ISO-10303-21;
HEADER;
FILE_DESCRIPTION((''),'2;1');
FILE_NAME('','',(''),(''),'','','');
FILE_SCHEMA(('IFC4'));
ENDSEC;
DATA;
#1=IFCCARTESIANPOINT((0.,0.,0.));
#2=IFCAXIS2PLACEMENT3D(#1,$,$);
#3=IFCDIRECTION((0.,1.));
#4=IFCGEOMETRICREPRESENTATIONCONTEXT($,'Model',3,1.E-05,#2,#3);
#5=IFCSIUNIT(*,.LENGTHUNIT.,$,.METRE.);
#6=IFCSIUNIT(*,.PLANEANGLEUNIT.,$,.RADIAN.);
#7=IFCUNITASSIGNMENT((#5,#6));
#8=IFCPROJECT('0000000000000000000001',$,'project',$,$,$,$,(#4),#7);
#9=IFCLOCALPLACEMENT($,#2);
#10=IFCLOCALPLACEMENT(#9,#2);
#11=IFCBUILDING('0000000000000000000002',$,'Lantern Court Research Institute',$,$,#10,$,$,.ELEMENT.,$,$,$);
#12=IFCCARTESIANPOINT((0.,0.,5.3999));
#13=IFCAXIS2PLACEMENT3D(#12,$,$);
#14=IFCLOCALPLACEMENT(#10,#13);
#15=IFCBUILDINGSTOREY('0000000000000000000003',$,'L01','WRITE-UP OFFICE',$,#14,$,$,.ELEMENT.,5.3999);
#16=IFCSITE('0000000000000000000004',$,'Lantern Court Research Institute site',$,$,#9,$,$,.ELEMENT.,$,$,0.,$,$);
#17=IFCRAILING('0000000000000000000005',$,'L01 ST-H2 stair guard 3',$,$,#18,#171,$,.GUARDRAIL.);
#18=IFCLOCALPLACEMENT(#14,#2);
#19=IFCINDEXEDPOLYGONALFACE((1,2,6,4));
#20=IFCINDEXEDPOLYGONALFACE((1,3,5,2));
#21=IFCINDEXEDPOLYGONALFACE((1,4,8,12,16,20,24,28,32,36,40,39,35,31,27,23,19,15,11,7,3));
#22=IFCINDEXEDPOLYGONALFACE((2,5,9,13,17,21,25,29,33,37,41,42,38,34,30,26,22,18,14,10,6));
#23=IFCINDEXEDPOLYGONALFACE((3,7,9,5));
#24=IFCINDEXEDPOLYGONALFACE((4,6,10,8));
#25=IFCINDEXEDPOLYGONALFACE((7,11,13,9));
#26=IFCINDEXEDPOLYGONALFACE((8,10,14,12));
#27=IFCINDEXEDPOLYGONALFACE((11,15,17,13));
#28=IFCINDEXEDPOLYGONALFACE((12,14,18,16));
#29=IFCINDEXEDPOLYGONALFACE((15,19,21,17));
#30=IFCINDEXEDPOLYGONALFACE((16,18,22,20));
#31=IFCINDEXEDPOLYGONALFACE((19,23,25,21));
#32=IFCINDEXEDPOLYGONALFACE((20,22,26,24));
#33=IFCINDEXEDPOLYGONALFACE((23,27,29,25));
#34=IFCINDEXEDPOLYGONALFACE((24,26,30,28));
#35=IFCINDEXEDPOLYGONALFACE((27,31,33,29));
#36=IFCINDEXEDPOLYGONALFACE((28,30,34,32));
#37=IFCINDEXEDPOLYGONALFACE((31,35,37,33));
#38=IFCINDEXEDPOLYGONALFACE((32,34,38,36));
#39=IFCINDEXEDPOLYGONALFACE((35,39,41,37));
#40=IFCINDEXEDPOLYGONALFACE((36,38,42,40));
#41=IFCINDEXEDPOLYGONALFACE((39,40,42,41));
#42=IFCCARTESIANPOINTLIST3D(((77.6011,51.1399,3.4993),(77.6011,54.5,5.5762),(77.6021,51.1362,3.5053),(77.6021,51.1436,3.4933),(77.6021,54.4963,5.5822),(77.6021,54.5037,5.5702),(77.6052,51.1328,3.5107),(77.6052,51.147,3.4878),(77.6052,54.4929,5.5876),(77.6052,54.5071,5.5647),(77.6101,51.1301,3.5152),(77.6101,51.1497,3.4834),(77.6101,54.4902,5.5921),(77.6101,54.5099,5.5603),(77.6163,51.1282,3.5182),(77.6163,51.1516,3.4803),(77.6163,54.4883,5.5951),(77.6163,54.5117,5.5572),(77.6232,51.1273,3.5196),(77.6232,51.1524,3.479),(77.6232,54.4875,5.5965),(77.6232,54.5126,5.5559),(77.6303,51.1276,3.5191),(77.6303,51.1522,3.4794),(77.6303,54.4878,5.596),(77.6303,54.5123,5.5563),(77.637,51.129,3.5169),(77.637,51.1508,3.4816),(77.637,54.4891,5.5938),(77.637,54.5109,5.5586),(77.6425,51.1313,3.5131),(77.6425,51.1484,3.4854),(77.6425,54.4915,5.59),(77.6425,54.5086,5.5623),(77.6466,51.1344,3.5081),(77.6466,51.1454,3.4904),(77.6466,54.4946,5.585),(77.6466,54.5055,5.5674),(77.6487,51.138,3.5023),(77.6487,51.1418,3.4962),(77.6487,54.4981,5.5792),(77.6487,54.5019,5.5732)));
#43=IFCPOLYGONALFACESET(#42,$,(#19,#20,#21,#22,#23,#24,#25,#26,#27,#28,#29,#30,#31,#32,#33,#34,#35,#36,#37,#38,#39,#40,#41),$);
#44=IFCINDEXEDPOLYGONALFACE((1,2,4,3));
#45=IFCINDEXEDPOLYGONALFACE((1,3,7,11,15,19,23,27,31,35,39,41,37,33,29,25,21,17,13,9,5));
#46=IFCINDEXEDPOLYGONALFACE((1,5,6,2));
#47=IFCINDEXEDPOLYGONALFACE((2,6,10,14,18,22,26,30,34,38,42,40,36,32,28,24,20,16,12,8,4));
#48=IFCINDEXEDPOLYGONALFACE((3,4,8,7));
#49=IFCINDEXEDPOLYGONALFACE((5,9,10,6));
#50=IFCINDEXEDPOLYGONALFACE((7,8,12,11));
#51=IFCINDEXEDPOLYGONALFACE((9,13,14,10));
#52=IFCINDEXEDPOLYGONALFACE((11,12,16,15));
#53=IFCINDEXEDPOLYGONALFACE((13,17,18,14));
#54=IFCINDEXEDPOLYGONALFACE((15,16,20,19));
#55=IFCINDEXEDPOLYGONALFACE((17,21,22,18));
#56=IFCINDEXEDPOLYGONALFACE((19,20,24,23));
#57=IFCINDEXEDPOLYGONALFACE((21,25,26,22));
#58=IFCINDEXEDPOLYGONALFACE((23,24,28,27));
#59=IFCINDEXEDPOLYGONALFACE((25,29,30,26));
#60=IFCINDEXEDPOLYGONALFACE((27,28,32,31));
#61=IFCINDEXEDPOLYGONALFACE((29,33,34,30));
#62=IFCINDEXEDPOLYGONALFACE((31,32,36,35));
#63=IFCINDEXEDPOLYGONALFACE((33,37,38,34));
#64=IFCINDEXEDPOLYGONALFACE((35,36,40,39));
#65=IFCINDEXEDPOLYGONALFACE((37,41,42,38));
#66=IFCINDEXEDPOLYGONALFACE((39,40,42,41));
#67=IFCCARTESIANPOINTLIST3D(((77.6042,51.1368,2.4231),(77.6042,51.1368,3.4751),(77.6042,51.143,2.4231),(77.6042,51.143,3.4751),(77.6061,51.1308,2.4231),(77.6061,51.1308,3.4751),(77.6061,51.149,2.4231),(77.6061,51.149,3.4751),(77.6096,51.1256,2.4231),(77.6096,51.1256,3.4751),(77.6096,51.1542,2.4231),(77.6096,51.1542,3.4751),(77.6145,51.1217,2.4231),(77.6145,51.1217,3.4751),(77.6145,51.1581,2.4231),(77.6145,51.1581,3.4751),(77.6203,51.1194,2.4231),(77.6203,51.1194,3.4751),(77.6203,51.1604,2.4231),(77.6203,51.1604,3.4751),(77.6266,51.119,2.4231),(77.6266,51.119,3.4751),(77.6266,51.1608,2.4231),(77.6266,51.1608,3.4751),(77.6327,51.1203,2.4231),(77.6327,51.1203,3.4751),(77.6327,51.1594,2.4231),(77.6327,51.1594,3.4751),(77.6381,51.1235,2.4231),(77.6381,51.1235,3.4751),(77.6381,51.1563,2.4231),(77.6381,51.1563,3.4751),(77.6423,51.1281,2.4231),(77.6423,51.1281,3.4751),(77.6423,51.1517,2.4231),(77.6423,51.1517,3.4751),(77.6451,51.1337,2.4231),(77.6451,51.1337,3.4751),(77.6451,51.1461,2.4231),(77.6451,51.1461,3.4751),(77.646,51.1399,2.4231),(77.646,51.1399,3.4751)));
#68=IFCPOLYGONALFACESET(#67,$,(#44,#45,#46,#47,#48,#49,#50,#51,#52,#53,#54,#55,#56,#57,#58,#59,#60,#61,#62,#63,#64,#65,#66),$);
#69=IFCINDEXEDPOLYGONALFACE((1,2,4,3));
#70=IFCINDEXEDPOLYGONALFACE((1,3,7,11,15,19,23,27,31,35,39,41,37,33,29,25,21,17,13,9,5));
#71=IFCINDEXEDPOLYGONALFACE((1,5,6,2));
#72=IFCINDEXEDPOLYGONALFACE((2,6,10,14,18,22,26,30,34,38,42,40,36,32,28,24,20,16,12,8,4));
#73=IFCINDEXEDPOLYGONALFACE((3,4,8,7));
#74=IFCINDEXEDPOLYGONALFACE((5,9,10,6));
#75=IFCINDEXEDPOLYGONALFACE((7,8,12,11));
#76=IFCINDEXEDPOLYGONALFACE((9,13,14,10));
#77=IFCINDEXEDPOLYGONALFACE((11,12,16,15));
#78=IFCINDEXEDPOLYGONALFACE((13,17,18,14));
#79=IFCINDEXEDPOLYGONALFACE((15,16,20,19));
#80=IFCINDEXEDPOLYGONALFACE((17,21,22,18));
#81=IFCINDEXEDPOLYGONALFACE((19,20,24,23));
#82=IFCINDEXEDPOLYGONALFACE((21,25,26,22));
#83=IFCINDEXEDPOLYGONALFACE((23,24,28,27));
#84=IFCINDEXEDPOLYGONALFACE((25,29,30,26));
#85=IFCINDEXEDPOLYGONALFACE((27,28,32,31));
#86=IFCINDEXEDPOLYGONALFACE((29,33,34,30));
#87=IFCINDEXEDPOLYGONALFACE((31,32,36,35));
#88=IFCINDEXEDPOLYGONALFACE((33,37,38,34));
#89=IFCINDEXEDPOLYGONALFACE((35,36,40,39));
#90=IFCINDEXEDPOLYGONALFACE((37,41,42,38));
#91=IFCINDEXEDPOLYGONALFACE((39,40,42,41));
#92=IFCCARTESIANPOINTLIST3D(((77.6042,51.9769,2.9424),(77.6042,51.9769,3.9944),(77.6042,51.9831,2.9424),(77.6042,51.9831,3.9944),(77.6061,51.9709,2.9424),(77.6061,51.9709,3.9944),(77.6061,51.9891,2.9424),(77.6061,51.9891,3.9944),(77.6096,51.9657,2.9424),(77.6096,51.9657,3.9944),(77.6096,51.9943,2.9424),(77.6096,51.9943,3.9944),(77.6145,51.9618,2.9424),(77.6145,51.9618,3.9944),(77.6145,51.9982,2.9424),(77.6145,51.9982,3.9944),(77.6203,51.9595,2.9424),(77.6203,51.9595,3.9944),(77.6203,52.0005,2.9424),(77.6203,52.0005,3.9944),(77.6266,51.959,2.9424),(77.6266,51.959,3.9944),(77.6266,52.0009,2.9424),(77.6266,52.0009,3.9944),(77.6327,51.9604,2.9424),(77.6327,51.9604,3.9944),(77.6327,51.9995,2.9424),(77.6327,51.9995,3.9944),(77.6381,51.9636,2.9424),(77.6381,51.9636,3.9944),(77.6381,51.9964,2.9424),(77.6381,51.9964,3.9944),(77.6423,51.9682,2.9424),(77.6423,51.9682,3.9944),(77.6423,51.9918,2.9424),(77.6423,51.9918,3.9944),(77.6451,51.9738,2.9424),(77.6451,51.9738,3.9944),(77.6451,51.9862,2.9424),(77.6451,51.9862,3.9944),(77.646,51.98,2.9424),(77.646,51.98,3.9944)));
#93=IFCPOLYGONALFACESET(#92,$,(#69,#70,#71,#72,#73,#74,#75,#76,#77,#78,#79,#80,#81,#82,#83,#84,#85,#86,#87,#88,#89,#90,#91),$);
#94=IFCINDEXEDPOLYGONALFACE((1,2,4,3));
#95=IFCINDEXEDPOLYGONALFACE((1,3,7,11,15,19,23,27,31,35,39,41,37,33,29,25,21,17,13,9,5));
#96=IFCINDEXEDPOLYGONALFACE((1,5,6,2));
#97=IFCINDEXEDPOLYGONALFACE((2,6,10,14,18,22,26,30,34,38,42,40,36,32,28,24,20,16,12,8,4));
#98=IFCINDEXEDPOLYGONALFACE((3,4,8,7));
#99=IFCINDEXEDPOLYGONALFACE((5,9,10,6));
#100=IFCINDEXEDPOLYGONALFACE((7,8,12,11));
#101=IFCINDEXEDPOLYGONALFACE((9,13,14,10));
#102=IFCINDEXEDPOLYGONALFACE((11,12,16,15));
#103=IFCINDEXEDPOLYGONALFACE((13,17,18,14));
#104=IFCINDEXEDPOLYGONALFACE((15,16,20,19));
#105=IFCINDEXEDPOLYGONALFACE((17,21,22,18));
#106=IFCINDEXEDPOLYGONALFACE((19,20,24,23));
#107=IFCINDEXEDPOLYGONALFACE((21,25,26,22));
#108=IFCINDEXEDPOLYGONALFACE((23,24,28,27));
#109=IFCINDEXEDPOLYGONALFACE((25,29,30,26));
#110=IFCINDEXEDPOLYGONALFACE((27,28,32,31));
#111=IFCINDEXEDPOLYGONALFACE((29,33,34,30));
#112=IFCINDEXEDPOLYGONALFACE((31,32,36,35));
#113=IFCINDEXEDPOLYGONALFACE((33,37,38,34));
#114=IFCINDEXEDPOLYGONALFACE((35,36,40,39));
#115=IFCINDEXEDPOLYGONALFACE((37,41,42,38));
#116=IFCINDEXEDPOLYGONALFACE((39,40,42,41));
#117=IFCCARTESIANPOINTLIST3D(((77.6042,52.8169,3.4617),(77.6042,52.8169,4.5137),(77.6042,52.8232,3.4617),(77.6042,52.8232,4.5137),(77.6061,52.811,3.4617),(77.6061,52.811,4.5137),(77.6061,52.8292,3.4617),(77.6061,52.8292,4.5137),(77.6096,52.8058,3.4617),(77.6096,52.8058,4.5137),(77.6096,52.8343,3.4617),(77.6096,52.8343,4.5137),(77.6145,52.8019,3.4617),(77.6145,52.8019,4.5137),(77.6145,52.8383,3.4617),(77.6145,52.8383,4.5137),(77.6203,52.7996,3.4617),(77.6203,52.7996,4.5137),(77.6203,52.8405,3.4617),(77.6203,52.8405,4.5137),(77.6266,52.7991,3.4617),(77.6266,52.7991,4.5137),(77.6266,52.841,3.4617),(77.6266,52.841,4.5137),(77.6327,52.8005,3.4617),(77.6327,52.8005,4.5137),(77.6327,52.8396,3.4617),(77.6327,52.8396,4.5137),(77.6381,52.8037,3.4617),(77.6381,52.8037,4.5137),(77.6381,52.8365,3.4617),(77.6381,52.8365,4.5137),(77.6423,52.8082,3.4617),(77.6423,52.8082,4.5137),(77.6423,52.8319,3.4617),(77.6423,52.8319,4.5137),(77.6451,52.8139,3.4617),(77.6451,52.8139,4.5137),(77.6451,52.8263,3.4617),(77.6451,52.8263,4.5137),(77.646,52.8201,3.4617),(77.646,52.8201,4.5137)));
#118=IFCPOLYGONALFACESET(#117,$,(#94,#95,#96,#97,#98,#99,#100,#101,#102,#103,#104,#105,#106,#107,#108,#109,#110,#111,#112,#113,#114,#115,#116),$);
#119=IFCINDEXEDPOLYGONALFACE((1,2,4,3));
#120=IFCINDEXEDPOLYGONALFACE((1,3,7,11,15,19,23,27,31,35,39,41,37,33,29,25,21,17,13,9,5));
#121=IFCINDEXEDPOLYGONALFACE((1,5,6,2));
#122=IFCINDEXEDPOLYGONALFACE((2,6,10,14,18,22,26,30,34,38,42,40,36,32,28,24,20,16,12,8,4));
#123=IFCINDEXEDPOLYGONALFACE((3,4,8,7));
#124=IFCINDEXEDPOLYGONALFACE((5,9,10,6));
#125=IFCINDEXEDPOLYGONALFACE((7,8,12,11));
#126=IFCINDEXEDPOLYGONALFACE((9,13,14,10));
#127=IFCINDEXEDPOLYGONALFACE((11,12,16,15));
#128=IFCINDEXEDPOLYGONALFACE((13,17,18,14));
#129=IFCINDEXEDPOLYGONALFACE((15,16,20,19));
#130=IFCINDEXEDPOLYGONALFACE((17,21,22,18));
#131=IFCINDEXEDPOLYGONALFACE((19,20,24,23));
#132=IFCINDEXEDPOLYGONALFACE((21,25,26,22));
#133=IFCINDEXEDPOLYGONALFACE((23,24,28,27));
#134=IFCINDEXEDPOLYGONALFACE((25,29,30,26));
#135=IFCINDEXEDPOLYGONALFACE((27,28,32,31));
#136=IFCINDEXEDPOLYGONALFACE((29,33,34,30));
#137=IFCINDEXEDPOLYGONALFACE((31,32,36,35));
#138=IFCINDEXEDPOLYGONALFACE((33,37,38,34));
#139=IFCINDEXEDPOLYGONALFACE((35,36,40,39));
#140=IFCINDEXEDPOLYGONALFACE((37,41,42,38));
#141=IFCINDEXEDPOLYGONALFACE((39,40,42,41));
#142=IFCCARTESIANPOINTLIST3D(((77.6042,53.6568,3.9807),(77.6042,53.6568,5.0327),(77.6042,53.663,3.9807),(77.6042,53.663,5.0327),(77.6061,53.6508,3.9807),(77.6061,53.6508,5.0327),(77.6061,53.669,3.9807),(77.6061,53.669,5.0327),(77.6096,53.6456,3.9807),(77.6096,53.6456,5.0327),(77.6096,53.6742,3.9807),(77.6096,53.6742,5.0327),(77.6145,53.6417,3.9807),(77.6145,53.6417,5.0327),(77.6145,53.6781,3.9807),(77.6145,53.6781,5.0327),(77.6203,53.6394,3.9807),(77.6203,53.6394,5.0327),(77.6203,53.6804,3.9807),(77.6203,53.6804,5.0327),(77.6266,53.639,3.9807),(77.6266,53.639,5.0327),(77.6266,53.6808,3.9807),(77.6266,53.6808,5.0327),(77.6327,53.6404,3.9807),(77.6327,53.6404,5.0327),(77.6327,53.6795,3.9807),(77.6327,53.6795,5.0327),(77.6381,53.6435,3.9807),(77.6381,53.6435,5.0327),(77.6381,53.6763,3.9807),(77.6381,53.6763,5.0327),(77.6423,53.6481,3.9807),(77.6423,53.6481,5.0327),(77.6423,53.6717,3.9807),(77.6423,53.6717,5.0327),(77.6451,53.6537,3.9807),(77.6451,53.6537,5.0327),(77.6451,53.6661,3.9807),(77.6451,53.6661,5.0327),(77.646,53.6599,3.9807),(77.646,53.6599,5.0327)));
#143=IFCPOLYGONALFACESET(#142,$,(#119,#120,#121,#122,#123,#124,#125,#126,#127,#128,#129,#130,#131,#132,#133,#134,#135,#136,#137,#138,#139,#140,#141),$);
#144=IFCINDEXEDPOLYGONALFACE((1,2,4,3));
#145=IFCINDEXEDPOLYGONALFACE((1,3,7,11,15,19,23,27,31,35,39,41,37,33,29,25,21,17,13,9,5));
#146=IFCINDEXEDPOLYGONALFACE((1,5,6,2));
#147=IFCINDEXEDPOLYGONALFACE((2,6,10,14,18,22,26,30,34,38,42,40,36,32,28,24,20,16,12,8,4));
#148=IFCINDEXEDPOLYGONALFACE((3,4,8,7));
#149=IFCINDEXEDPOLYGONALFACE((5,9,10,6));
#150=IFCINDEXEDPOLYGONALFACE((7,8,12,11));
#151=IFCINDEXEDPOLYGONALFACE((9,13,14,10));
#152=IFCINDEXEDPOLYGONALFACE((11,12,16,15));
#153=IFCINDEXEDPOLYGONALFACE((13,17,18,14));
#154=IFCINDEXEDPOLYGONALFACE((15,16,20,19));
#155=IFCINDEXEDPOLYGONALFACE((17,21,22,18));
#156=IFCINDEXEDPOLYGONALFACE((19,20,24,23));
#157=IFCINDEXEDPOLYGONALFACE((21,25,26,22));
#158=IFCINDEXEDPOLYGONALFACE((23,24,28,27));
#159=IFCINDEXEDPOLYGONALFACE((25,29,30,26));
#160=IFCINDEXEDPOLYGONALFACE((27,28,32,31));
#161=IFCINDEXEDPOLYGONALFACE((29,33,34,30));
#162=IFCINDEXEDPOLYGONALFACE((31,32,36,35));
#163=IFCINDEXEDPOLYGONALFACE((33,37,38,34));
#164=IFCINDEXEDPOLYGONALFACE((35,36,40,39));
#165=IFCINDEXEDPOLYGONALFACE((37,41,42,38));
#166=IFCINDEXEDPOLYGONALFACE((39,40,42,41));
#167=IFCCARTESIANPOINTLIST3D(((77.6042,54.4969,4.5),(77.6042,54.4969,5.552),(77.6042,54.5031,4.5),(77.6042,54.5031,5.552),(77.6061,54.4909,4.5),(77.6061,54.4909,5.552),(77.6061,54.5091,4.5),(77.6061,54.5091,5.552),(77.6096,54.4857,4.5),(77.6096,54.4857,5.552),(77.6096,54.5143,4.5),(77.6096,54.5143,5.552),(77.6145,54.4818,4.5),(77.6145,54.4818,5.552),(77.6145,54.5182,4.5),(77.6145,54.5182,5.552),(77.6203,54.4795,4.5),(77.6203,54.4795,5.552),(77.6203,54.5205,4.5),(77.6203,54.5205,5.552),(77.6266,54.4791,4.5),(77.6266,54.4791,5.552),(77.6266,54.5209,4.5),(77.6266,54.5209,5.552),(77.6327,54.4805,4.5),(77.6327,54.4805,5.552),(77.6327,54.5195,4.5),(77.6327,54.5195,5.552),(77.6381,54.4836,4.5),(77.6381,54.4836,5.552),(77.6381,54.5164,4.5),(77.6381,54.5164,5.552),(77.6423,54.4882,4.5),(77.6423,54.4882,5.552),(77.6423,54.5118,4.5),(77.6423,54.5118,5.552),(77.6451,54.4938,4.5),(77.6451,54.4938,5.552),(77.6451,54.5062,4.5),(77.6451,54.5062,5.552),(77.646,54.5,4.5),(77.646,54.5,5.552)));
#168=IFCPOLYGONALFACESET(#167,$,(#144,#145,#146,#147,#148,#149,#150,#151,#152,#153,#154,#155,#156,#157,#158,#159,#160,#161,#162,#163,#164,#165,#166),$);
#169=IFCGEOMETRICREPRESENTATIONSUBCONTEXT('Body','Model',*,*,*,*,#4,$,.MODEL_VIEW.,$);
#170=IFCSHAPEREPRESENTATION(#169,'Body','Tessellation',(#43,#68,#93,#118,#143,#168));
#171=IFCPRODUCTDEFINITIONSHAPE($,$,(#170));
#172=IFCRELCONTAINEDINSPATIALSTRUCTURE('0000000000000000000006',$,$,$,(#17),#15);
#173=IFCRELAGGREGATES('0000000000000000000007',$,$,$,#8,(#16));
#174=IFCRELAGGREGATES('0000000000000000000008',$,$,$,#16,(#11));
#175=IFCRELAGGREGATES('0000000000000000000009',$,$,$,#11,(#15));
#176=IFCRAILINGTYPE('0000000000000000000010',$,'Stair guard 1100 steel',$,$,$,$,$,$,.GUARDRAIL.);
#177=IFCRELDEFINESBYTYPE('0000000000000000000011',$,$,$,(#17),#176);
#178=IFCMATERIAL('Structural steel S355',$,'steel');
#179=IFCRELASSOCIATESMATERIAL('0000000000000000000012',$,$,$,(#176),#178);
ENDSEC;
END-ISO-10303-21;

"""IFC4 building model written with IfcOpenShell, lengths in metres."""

from ifc_helpers import new_model, si_unit, direction, frame, origin, origin_2d, place, context, subcontext, project, spatial, circle, extrude, material, type_object, element, save


model = new_model("IFC4")

# Units and contexts
model_context = context("Model", 3, precision=1e-05, world=origin(), true_north=direction((0.0, 1.0)))
body_context = subcontext(model_context, "Body", "Model", "MODEL_VIEW")
ifc_project = project(units=[si_unit("LENGTHUNIT", "METRE"), si_unit("PLANEANGLEUNIT", "RADIAN")], contexts=[model_context])

# Site, building, storey
site_placement = place(None, origin())
site = spatial("IfcSite", under=ifc_project, at=site_placement, Name="Lantern Court Research Institute site", CompositionType="ELEMENT", RefElevation=0.0)
building_placement = place(site_placement, origin())
building = spatial("IfcBuilding", under=site, at=building_placement, Name="Lantern Court Research Institute", CompositionType="ELEMENT")
storey_placement = place(building_placement, frame((0.0, 0.0, 5.3999)))
storey = spatial("IfcBuildingStorey", under=building, at=storey_placement, Name="L01", Description="WRITE-UP OFFICE", CompositionType="ELEMENT", Elevation=5.3999)

# Railing
ifc_material_1 = material(Name="Structural steel S355", Category="steel")
railing_type_1 = type_object("IfcRailingType", Name="Stair guard 1100 steel", PredefinedType="GUARDRAIL", material=ifc_material_1)
railing_1_placement = place(storey_placement, frame((77.625, 51.1399, 2.4231)))
element("IfcRailing", 1, at=railing_1_placement, inside=storey, type_object=railing_type_1, Name="L01 ST-H2 stair guard 3", PredefinedType="GUARDRAIL", context=body_context, shape_type="SweptSolid", body=[
    extrude(circle(Radius=0.0239, at=origin_2d()), frame((0.0, 0.0, 1.0762), z_axis=(0.0, 0.850623, 0.525776), x_axis=(-1.0, 0.0, 0.0)), (0.0, 0.0, 1.0), 3.9502),
    extrude(circle(Radius=0.021, at=origin_2d()), origin(), (0.0, 0.0, 1.0), 1.052),
    extrude(circle(Radius=0.021, at=origin_2d()), frame((0.0, 0.8401, 0.5193)), (0.0, 0.0, 1.0), 1.052),
    extrude(circle(Radius=0.021, at=origin_2d()), frame((0.0, 1.6802, 1.0386)), (0.0, 0.0, 1.0), 1.052),
    extrude(circle(Radius=0.021, at=origin_2d()), frame((0.0, 2.52, 1.5576)), (0.0, 0.0, 1.0), 1.052),
    extrude(circle(Radius=0.021, at=origin_2d()), frame((0.0, 3.3601, 2.0769)), (0.0, 0.0, 1.0), 1.052),
])

save(model, "model.ifc")
